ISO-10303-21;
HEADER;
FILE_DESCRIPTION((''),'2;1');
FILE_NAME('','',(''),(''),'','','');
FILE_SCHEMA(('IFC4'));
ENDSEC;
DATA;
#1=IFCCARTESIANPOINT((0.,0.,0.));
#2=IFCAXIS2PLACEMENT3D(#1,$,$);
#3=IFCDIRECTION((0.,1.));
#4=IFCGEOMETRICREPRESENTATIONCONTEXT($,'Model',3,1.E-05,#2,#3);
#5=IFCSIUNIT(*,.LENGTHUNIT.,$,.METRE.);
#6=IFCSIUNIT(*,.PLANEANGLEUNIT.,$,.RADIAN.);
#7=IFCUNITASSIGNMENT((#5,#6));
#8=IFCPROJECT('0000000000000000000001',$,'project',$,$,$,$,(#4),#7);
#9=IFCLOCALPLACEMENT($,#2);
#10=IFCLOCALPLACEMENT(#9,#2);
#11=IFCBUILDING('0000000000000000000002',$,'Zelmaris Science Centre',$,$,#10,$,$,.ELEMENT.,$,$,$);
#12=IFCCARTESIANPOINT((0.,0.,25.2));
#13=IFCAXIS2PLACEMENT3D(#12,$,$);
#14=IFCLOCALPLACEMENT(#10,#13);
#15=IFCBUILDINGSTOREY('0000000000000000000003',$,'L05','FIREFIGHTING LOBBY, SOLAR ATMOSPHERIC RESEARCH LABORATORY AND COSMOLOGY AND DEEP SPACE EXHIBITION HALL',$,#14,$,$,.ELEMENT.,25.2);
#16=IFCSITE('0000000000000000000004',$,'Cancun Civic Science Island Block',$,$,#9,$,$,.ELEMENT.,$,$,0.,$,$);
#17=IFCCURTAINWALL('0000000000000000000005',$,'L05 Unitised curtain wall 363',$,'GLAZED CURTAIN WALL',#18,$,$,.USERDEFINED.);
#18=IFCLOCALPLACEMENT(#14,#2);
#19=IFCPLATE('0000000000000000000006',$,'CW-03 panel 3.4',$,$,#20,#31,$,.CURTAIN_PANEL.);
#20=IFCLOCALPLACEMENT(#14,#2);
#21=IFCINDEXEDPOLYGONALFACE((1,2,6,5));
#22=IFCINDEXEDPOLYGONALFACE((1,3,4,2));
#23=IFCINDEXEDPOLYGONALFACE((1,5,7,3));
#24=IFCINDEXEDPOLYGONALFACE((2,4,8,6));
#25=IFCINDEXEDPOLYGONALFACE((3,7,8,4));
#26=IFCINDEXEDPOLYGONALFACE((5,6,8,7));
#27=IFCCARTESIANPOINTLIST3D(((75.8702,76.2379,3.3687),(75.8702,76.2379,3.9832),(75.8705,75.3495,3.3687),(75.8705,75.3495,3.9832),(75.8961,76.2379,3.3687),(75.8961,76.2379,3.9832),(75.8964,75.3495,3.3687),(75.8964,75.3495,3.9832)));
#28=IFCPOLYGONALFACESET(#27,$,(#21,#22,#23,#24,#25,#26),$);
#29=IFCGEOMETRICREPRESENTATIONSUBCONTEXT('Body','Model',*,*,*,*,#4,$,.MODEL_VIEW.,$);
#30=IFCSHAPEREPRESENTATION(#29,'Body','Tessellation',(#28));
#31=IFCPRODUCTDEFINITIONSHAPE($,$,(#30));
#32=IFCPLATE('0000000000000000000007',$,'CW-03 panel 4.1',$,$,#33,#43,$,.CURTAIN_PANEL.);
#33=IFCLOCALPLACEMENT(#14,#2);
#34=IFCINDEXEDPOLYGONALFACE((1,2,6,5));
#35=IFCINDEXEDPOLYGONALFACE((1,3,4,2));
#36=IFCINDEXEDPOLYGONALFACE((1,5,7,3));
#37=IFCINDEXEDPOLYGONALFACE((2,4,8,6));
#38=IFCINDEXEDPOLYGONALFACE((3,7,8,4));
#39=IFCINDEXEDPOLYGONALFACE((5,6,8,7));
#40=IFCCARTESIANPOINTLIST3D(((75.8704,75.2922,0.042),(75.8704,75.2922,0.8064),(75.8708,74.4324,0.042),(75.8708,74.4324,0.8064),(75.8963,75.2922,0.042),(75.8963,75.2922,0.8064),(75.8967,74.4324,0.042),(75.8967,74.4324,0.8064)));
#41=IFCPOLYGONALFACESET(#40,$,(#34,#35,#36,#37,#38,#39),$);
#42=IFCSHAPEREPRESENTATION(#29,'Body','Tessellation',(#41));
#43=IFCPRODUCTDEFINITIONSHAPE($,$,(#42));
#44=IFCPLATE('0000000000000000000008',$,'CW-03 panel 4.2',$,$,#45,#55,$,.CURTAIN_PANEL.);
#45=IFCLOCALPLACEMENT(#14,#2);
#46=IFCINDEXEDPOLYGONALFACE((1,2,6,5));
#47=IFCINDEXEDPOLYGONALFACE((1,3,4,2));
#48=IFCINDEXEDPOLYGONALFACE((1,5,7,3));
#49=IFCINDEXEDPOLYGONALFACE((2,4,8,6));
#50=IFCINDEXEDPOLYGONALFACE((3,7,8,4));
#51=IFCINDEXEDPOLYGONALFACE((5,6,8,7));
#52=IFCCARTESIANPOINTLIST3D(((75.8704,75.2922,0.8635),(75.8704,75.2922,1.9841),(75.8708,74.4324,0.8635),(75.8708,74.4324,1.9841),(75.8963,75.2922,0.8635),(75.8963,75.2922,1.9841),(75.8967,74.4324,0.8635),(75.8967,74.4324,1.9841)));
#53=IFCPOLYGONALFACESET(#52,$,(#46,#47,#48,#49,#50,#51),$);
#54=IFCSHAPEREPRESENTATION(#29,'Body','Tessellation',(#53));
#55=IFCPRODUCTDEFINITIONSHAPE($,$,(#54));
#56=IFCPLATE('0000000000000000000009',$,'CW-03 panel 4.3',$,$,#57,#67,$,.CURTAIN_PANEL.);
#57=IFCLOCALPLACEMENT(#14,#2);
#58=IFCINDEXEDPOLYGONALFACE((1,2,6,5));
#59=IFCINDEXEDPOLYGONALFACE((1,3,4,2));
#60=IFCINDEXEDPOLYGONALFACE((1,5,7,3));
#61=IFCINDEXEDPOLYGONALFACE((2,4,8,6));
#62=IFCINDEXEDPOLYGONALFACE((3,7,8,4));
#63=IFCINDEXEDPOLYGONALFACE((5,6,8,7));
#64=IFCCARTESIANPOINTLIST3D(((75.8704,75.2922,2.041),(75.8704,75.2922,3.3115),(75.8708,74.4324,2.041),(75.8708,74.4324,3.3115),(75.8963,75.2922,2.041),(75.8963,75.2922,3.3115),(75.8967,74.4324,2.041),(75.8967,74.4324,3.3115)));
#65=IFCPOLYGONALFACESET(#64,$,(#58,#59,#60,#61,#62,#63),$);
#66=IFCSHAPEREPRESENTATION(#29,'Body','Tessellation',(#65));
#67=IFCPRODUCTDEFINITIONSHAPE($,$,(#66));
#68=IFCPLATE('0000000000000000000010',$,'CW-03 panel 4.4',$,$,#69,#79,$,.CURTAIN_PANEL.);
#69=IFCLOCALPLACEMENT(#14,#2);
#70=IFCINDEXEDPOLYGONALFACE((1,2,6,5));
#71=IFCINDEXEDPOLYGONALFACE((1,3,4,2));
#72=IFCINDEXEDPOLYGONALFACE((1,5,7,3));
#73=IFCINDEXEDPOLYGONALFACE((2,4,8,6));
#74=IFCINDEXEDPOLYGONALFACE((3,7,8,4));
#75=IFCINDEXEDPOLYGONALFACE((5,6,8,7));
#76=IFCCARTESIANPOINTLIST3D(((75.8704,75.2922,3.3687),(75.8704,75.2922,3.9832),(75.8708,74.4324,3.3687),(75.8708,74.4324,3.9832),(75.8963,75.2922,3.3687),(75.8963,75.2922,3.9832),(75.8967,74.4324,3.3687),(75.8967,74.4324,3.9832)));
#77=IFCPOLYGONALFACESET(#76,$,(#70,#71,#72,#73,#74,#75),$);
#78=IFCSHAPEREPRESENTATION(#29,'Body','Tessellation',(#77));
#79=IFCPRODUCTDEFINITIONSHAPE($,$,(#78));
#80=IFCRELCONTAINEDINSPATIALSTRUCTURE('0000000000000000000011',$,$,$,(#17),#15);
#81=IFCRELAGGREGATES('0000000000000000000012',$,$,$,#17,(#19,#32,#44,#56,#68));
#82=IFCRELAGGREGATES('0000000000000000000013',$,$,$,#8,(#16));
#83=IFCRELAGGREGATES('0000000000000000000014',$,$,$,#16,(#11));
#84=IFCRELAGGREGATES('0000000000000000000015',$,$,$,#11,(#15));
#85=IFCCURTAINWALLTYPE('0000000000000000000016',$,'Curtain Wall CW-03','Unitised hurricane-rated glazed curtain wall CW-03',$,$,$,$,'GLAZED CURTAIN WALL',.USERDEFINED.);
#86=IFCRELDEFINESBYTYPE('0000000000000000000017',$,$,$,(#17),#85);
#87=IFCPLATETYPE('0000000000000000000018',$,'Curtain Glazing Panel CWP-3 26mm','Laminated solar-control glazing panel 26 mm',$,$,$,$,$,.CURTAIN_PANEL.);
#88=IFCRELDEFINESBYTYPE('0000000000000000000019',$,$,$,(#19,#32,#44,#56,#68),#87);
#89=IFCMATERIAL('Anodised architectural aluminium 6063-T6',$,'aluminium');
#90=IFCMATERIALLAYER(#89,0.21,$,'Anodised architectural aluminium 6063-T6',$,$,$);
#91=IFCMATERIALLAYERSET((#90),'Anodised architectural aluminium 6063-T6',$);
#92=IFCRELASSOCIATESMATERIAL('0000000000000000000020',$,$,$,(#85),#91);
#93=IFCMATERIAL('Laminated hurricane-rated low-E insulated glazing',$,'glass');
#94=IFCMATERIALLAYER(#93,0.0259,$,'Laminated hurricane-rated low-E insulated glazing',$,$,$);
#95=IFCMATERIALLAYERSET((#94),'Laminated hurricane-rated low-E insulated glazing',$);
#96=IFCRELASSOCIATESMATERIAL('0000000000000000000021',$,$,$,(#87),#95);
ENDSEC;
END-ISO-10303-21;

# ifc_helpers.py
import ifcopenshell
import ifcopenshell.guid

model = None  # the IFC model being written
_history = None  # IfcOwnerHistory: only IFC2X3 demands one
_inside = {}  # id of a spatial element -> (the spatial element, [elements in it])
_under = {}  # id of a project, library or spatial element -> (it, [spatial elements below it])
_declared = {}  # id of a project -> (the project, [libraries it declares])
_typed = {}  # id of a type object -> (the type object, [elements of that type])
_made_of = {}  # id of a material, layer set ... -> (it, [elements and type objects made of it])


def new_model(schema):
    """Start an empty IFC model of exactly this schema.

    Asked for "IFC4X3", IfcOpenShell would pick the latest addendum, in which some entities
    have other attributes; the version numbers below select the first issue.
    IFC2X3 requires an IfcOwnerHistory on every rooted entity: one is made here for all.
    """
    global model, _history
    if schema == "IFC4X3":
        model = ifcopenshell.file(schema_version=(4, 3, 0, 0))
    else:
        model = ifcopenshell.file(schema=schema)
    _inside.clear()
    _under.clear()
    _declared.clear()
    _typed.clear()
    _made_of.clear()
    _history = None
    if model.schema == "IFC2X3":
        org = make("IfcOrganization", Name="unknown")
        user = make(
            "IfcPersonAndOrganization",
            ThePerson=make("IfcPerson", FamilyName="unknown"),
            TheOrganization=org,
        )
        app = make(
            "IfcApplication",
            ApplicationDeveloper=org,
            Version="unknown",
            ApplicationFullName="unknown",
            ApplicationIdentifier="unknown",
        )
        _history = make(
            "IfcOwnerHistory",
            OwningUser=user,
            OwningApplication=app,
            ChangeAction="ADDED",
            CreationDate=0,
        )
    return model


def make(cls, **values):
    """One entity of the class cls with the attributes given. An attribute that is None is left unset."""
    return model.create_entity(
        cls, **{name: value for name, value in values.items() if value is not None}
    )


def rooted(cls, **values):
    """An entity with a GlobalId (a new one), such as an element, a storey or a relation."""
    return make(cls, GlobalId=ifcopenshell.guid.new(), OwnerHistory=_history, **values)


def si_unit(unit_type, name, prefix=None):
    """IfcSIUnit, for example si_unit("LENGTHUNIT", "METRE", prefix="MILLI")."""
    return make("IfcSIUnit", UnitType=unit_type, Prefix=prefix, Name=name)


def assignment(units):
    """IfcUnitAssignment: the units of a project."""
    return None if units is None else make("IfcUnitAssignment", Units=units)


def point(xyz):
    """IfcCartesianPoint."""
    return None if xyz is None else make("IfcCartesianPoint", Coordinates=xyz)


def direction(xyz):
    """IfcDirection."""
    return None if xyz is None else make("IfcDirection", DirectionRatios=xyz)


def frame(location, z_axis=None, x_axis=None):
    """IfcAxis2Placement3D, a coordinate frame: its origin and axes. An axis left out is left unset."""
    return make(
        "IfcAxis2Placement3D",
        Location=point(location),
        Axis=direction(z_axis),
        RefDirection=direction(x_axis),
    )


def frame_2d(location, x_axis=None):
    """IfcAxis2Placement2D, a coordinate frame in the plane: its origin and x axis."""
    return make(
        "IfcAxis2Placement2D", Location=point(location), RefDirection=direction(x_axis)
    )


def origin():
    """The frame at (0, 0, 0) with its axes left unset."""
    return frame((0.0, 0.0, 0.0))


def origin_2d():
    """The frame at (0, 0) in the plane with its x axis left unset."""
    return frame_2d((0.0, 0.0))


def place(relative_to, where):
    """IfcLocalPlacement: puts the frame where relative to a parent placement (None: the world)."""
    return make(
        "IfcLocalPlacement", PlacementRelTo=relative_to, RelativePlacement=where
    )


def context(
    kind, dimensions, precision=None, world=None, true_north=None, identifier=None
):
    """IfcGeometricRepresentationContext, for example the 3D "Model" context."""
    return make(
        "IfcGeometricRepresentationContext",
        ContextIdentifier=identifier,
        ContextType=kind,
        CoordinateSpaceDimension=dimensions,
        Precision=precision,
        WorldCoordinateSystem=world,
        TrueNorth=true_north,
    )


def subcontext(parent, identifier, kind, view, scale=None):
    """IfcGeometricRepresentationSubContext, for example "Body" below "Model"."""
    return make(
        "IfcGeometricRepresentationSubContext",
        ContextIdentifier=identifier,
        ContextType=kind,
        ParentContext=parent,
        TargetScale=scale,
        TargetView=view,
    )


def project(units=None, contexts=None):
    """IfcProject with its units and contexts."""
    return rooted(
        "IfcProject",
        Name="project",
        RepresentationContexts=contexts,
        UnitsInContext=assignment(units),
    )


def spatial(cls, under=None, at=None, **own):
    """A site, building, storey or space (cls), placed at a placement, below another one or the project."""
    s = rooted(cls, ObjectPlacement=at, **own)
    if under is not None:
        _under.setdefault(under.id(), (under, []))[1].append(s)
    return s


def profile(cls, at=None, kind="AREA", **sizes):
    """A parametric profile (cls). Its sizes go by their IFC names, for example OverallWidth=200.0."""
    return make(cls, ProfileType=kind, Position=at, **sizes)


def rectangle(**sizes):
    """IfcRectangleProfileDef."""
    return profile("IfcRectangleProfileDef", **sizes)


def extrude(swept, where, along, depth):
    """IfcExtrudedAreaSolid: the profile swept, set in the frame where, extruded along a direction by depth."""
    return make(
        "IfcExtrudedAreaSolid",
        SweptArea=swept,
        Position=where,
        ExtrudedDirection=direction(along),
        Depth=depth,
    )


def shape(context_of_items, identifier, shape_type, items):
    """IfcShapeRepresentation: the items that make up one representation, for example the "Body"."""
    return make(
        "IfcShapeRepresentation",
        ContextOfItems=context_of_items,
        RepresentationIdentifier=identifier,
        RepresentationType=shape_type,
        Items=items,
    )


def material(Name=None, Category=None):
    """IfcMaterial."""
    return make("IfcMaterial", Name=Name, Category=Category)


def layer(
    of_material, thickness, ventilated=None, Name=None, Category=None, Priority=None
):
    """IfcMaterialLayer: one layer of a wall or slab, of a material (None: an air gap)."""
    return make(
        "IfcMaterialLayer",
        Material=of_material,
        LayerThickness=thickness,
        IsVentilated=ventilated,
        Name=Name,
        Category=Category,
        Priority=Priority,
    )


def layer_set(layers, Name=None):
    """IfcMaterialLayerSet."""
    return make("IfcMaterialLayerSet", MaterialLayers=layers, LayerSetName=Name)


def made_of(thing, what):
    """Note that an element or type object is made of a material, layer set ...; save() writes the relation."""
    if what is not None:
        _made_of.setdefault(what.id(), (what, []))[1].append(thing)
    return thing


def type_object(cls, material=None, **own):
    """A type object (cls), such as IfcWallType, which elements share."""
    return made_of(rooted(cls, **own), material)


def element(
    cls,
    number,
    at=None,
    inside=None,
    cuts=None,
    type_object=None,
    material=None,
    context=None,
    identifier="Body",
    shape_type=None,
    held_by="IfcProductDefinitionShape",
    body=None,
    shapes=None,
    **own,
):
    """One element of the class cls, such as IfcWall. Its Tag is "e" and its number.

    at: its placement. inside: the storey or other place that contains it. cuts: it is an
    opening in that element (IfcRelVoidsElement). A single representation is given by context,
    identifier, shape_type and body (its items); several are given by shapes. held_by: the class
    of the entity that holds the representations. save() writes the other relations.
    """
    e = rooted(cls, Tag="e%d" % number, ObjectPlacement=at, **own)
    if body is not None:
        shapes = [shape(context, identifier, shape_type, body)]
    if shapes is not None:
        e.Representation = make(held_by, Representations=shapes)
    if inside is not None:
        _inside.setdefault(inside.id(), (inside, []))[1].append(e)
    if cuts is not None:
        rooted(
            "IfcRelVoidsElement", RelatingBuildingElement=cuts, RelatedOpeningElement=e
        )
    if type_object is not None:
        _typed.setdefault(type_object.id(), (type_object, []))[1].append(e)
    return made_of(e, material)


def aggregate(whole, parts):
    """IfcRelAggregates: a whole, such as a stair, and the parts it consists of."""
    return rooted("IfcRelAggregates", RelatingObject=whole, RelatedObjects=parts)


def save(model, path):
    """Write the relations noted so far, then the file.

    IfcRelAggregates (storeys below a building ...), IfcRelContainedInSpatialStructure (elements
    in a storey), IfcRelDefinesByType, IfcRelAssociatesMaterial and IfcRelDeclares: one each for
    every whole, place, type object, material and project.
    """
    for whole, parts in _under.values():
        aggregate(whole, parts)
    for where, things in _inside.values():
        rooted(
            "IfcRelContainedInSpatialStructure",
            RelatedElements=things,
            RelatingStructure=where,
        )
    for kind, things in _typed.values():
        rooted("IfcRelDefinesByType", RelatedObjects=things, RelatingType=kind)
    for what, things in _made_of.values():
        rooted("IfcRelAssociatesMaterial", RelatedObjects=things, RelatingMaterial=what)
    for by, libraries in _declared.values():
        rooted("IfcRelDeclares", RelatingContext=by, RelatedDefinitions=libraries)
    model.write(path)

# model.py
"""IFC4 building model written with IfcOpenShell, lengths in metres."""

from ifc_helpers import new_model, si_unit, direction, frame, origin, origin_2d, place, context, subcontext, project, spatial, rectangle, extrude, material, layer, layer_set, type_object, element, aggregate, save


model = new_model("IFC4")

# Units and contexts
model_context = context("Model", 3, precision=1e-05, world=origin(), true_north=direction((0.0, 1.0)))
body_context = subcontext(model_context, "Body", "Model", "MODEL_VIEW")
ifc_project = project(units=[si_unit("LENGTHUNIT", "METRE"), si_unit("PLANEANGLEUNIT", "RADIAN")], contexts=[model_context])

# Site, building, storey
site_placement = place(None, origin())
site = spatial("IfcSite", under=ifc_project, at=site_placement, Name="Cancun Civic Science Island Block", CompositionType="ELEMENT", RefElevation=0.0)
building_placement = place(site_placement, origin())
building = spatial("IfcBuilding", under=site, at=building_placement, Name="Zelmaris Science Centre", CompositionType="ELEMENT")
storey_placement = place(building_placement, frame((0.0, 0.0, 25.2)))
storey = spatial("IfcBuildingStorey", under=building, at=storey_placement, Name="L05", Description="FIREFIGHTING LOBBY, SOLAR ATMOSPHERIC RESEARCH LABORATORY AND COSMOLOGY AND DEEP SPACE EXHIBITION HALL", CompositionType="ELEMENT", Elevation=25.2)

# Curtain wall
ifc_material_1 = material(Name="Anodised architectural aluminium 6063-T6", Category="aluminium")
ifc_layer_1 = layer(ifc_material_1, 0.21, Name="Anodised architectural aluminium 6063-T6")
ifc_layer_set_1 = layer_set([ifc_layer_1], Name="Anodised architectural aluminium 6063-T6")
curtain_wall_type = type_object("IfcCurtainWallType", Name="Curtain Wall CW-03", Description="Unitised hurricane-rated glazed curtain wall CW-03", ElementType="GLAZED CURTAIN WALL", PredefinedType="USERDEFINED", material=ifc_layer_set_1)
curtain_wall_placement = place(storey_placement, origin())
curtain_wall = element("IfcCurtainWall", 1, at=curtain_wall_placement, inside=storey, type_object=curtain_wall_type, Name="L05 Unitised curtain wall 363", ObjectType="GLAZED CURTAIN WALL", PredefinedType="USERDEFINED")

# Plates
ifc_material_2 = material(Name="Laminated hurricane-rated low-E insulated glazing", Category="glass")
ifc_layer_2 = layer(ifc_material_2, 0.0259, Name="Laminated hurricane-rated low-E insulated glazing")
ifc_layer_set_2 = layer_set([ifc_layer_2], Name="Laminated hurricane-rated low-E insulated glazing")
plate_type = type_object("IfcPlateType", Name="Curtain Glazing Panel CWP-3 26mm", Description="Laminated solar-control glazing panel 26 mm", PredefinedType="CURTAIN_PANEL", material=ifc_layer_set_2)
plate_1_placement = place(storey_placement, frame((75.8833, 75.7937, 3.3687), z_axis=(0.0, 0.0, 1.0), x_axis=(0.000397, -1.0, 0.0)))
plate_1 = element("IfcPlate", 2, at=plate_1_placement, type_object=plate_type, Name="CW-03 panel 3.4", PredefinedType="CURTAIN_PANEL", context=body_context, shape_type="SweptSolid", body=[
    extrude(rectangle(XDim=0.8884, YDim=0.0259, at=origin_2d()), origin(), (0.0, 0.0, 1.0), 0.6145),
])
plate_2_placement = place(storey_placement, frame((75.8835, 74.8623, 0.042), z_axis=(0.0, 0.0, 1.0), x_axis=(0.000397, -1.0, 0.0)))
plate_2 = element("IfcPlate", 3, at=plate_2_placement, type_object=plate_type, Name="CW-03 panel 4.1", PredefinedType="CURTAIN_PANEL", context=body_context, shape_type="SweptSolid", body=[
    extrude(rectangle(XDim=0.8599, YDim=0.0259, at=origin_2d()), origin(), (0.0, 0.0, 1.0), 0.7644),
])
plate_3_placement = place(storey_placement, frame((75.8835, 74.8623, 0.8635), z_axis=(0.0, 0.0, 1.0), x_axis=(0.000397, -1.0, 0.0)))
plate_3 = element("IfcPlate", 4, at=plate_3_placement, type_object=plate_type, Name="CW-03 panel 4.2", PredefinedType="CURTAIN_PANEL", context=body_context, shape_type="SweptSolid", body=[
    extrude(rectangle(XDim=0.8599, YDim=0.0259, at=origin_2d()), origin(), (0.0, 0.0, 1.0), 1.1206),
])
plate_4_placement = place(storey_placement, frame((75.8835, 74.8623, 2.041), z_axis=(0.0, 0.0, 1.0), x_axis=(0.000397, -1.0, 0.0)))
plate_4 = element("IfcPlate", 5, at=plate_4_placement, type_object=plate_type, Name="CW-03 panel 4.3", PredefinedType="CURTAIN_PANEL", context=body_context, shape_type="SweptSolid", body=[
    extrude(rectangle(XDim=0.8599, YDim=0.0259, at=origin_2d()), origin(), (0.0, 0.0, 1.0), 1.2705),
])
plate_5_placement = place(storey_placement, frame((75.8835, 74.8623, 3.3687), z_axis=(0.0, 0.0, 1.0), x_axis=(0.000397, -1.0, 0.0)))
plate_5 = element("IfcPlate", 6, at=plate_5_placement, type_object=plate_type, Name="CW-03 panel 4.4", PredefinedType="CURTAIN_PANEL", context=body_context, shape_type="SweptSolid", body=[
    extrude(rectangle(XDim=0.8599, YDim=0.0259, at=origin_2d()), origin(), (0.0, 0.0, 1.0), 0.6145),
])
aggregate(curtain_wall, [plate_1, plate_2, plate_3, plate_4, plate_5])

save(model, "model.ifc")
